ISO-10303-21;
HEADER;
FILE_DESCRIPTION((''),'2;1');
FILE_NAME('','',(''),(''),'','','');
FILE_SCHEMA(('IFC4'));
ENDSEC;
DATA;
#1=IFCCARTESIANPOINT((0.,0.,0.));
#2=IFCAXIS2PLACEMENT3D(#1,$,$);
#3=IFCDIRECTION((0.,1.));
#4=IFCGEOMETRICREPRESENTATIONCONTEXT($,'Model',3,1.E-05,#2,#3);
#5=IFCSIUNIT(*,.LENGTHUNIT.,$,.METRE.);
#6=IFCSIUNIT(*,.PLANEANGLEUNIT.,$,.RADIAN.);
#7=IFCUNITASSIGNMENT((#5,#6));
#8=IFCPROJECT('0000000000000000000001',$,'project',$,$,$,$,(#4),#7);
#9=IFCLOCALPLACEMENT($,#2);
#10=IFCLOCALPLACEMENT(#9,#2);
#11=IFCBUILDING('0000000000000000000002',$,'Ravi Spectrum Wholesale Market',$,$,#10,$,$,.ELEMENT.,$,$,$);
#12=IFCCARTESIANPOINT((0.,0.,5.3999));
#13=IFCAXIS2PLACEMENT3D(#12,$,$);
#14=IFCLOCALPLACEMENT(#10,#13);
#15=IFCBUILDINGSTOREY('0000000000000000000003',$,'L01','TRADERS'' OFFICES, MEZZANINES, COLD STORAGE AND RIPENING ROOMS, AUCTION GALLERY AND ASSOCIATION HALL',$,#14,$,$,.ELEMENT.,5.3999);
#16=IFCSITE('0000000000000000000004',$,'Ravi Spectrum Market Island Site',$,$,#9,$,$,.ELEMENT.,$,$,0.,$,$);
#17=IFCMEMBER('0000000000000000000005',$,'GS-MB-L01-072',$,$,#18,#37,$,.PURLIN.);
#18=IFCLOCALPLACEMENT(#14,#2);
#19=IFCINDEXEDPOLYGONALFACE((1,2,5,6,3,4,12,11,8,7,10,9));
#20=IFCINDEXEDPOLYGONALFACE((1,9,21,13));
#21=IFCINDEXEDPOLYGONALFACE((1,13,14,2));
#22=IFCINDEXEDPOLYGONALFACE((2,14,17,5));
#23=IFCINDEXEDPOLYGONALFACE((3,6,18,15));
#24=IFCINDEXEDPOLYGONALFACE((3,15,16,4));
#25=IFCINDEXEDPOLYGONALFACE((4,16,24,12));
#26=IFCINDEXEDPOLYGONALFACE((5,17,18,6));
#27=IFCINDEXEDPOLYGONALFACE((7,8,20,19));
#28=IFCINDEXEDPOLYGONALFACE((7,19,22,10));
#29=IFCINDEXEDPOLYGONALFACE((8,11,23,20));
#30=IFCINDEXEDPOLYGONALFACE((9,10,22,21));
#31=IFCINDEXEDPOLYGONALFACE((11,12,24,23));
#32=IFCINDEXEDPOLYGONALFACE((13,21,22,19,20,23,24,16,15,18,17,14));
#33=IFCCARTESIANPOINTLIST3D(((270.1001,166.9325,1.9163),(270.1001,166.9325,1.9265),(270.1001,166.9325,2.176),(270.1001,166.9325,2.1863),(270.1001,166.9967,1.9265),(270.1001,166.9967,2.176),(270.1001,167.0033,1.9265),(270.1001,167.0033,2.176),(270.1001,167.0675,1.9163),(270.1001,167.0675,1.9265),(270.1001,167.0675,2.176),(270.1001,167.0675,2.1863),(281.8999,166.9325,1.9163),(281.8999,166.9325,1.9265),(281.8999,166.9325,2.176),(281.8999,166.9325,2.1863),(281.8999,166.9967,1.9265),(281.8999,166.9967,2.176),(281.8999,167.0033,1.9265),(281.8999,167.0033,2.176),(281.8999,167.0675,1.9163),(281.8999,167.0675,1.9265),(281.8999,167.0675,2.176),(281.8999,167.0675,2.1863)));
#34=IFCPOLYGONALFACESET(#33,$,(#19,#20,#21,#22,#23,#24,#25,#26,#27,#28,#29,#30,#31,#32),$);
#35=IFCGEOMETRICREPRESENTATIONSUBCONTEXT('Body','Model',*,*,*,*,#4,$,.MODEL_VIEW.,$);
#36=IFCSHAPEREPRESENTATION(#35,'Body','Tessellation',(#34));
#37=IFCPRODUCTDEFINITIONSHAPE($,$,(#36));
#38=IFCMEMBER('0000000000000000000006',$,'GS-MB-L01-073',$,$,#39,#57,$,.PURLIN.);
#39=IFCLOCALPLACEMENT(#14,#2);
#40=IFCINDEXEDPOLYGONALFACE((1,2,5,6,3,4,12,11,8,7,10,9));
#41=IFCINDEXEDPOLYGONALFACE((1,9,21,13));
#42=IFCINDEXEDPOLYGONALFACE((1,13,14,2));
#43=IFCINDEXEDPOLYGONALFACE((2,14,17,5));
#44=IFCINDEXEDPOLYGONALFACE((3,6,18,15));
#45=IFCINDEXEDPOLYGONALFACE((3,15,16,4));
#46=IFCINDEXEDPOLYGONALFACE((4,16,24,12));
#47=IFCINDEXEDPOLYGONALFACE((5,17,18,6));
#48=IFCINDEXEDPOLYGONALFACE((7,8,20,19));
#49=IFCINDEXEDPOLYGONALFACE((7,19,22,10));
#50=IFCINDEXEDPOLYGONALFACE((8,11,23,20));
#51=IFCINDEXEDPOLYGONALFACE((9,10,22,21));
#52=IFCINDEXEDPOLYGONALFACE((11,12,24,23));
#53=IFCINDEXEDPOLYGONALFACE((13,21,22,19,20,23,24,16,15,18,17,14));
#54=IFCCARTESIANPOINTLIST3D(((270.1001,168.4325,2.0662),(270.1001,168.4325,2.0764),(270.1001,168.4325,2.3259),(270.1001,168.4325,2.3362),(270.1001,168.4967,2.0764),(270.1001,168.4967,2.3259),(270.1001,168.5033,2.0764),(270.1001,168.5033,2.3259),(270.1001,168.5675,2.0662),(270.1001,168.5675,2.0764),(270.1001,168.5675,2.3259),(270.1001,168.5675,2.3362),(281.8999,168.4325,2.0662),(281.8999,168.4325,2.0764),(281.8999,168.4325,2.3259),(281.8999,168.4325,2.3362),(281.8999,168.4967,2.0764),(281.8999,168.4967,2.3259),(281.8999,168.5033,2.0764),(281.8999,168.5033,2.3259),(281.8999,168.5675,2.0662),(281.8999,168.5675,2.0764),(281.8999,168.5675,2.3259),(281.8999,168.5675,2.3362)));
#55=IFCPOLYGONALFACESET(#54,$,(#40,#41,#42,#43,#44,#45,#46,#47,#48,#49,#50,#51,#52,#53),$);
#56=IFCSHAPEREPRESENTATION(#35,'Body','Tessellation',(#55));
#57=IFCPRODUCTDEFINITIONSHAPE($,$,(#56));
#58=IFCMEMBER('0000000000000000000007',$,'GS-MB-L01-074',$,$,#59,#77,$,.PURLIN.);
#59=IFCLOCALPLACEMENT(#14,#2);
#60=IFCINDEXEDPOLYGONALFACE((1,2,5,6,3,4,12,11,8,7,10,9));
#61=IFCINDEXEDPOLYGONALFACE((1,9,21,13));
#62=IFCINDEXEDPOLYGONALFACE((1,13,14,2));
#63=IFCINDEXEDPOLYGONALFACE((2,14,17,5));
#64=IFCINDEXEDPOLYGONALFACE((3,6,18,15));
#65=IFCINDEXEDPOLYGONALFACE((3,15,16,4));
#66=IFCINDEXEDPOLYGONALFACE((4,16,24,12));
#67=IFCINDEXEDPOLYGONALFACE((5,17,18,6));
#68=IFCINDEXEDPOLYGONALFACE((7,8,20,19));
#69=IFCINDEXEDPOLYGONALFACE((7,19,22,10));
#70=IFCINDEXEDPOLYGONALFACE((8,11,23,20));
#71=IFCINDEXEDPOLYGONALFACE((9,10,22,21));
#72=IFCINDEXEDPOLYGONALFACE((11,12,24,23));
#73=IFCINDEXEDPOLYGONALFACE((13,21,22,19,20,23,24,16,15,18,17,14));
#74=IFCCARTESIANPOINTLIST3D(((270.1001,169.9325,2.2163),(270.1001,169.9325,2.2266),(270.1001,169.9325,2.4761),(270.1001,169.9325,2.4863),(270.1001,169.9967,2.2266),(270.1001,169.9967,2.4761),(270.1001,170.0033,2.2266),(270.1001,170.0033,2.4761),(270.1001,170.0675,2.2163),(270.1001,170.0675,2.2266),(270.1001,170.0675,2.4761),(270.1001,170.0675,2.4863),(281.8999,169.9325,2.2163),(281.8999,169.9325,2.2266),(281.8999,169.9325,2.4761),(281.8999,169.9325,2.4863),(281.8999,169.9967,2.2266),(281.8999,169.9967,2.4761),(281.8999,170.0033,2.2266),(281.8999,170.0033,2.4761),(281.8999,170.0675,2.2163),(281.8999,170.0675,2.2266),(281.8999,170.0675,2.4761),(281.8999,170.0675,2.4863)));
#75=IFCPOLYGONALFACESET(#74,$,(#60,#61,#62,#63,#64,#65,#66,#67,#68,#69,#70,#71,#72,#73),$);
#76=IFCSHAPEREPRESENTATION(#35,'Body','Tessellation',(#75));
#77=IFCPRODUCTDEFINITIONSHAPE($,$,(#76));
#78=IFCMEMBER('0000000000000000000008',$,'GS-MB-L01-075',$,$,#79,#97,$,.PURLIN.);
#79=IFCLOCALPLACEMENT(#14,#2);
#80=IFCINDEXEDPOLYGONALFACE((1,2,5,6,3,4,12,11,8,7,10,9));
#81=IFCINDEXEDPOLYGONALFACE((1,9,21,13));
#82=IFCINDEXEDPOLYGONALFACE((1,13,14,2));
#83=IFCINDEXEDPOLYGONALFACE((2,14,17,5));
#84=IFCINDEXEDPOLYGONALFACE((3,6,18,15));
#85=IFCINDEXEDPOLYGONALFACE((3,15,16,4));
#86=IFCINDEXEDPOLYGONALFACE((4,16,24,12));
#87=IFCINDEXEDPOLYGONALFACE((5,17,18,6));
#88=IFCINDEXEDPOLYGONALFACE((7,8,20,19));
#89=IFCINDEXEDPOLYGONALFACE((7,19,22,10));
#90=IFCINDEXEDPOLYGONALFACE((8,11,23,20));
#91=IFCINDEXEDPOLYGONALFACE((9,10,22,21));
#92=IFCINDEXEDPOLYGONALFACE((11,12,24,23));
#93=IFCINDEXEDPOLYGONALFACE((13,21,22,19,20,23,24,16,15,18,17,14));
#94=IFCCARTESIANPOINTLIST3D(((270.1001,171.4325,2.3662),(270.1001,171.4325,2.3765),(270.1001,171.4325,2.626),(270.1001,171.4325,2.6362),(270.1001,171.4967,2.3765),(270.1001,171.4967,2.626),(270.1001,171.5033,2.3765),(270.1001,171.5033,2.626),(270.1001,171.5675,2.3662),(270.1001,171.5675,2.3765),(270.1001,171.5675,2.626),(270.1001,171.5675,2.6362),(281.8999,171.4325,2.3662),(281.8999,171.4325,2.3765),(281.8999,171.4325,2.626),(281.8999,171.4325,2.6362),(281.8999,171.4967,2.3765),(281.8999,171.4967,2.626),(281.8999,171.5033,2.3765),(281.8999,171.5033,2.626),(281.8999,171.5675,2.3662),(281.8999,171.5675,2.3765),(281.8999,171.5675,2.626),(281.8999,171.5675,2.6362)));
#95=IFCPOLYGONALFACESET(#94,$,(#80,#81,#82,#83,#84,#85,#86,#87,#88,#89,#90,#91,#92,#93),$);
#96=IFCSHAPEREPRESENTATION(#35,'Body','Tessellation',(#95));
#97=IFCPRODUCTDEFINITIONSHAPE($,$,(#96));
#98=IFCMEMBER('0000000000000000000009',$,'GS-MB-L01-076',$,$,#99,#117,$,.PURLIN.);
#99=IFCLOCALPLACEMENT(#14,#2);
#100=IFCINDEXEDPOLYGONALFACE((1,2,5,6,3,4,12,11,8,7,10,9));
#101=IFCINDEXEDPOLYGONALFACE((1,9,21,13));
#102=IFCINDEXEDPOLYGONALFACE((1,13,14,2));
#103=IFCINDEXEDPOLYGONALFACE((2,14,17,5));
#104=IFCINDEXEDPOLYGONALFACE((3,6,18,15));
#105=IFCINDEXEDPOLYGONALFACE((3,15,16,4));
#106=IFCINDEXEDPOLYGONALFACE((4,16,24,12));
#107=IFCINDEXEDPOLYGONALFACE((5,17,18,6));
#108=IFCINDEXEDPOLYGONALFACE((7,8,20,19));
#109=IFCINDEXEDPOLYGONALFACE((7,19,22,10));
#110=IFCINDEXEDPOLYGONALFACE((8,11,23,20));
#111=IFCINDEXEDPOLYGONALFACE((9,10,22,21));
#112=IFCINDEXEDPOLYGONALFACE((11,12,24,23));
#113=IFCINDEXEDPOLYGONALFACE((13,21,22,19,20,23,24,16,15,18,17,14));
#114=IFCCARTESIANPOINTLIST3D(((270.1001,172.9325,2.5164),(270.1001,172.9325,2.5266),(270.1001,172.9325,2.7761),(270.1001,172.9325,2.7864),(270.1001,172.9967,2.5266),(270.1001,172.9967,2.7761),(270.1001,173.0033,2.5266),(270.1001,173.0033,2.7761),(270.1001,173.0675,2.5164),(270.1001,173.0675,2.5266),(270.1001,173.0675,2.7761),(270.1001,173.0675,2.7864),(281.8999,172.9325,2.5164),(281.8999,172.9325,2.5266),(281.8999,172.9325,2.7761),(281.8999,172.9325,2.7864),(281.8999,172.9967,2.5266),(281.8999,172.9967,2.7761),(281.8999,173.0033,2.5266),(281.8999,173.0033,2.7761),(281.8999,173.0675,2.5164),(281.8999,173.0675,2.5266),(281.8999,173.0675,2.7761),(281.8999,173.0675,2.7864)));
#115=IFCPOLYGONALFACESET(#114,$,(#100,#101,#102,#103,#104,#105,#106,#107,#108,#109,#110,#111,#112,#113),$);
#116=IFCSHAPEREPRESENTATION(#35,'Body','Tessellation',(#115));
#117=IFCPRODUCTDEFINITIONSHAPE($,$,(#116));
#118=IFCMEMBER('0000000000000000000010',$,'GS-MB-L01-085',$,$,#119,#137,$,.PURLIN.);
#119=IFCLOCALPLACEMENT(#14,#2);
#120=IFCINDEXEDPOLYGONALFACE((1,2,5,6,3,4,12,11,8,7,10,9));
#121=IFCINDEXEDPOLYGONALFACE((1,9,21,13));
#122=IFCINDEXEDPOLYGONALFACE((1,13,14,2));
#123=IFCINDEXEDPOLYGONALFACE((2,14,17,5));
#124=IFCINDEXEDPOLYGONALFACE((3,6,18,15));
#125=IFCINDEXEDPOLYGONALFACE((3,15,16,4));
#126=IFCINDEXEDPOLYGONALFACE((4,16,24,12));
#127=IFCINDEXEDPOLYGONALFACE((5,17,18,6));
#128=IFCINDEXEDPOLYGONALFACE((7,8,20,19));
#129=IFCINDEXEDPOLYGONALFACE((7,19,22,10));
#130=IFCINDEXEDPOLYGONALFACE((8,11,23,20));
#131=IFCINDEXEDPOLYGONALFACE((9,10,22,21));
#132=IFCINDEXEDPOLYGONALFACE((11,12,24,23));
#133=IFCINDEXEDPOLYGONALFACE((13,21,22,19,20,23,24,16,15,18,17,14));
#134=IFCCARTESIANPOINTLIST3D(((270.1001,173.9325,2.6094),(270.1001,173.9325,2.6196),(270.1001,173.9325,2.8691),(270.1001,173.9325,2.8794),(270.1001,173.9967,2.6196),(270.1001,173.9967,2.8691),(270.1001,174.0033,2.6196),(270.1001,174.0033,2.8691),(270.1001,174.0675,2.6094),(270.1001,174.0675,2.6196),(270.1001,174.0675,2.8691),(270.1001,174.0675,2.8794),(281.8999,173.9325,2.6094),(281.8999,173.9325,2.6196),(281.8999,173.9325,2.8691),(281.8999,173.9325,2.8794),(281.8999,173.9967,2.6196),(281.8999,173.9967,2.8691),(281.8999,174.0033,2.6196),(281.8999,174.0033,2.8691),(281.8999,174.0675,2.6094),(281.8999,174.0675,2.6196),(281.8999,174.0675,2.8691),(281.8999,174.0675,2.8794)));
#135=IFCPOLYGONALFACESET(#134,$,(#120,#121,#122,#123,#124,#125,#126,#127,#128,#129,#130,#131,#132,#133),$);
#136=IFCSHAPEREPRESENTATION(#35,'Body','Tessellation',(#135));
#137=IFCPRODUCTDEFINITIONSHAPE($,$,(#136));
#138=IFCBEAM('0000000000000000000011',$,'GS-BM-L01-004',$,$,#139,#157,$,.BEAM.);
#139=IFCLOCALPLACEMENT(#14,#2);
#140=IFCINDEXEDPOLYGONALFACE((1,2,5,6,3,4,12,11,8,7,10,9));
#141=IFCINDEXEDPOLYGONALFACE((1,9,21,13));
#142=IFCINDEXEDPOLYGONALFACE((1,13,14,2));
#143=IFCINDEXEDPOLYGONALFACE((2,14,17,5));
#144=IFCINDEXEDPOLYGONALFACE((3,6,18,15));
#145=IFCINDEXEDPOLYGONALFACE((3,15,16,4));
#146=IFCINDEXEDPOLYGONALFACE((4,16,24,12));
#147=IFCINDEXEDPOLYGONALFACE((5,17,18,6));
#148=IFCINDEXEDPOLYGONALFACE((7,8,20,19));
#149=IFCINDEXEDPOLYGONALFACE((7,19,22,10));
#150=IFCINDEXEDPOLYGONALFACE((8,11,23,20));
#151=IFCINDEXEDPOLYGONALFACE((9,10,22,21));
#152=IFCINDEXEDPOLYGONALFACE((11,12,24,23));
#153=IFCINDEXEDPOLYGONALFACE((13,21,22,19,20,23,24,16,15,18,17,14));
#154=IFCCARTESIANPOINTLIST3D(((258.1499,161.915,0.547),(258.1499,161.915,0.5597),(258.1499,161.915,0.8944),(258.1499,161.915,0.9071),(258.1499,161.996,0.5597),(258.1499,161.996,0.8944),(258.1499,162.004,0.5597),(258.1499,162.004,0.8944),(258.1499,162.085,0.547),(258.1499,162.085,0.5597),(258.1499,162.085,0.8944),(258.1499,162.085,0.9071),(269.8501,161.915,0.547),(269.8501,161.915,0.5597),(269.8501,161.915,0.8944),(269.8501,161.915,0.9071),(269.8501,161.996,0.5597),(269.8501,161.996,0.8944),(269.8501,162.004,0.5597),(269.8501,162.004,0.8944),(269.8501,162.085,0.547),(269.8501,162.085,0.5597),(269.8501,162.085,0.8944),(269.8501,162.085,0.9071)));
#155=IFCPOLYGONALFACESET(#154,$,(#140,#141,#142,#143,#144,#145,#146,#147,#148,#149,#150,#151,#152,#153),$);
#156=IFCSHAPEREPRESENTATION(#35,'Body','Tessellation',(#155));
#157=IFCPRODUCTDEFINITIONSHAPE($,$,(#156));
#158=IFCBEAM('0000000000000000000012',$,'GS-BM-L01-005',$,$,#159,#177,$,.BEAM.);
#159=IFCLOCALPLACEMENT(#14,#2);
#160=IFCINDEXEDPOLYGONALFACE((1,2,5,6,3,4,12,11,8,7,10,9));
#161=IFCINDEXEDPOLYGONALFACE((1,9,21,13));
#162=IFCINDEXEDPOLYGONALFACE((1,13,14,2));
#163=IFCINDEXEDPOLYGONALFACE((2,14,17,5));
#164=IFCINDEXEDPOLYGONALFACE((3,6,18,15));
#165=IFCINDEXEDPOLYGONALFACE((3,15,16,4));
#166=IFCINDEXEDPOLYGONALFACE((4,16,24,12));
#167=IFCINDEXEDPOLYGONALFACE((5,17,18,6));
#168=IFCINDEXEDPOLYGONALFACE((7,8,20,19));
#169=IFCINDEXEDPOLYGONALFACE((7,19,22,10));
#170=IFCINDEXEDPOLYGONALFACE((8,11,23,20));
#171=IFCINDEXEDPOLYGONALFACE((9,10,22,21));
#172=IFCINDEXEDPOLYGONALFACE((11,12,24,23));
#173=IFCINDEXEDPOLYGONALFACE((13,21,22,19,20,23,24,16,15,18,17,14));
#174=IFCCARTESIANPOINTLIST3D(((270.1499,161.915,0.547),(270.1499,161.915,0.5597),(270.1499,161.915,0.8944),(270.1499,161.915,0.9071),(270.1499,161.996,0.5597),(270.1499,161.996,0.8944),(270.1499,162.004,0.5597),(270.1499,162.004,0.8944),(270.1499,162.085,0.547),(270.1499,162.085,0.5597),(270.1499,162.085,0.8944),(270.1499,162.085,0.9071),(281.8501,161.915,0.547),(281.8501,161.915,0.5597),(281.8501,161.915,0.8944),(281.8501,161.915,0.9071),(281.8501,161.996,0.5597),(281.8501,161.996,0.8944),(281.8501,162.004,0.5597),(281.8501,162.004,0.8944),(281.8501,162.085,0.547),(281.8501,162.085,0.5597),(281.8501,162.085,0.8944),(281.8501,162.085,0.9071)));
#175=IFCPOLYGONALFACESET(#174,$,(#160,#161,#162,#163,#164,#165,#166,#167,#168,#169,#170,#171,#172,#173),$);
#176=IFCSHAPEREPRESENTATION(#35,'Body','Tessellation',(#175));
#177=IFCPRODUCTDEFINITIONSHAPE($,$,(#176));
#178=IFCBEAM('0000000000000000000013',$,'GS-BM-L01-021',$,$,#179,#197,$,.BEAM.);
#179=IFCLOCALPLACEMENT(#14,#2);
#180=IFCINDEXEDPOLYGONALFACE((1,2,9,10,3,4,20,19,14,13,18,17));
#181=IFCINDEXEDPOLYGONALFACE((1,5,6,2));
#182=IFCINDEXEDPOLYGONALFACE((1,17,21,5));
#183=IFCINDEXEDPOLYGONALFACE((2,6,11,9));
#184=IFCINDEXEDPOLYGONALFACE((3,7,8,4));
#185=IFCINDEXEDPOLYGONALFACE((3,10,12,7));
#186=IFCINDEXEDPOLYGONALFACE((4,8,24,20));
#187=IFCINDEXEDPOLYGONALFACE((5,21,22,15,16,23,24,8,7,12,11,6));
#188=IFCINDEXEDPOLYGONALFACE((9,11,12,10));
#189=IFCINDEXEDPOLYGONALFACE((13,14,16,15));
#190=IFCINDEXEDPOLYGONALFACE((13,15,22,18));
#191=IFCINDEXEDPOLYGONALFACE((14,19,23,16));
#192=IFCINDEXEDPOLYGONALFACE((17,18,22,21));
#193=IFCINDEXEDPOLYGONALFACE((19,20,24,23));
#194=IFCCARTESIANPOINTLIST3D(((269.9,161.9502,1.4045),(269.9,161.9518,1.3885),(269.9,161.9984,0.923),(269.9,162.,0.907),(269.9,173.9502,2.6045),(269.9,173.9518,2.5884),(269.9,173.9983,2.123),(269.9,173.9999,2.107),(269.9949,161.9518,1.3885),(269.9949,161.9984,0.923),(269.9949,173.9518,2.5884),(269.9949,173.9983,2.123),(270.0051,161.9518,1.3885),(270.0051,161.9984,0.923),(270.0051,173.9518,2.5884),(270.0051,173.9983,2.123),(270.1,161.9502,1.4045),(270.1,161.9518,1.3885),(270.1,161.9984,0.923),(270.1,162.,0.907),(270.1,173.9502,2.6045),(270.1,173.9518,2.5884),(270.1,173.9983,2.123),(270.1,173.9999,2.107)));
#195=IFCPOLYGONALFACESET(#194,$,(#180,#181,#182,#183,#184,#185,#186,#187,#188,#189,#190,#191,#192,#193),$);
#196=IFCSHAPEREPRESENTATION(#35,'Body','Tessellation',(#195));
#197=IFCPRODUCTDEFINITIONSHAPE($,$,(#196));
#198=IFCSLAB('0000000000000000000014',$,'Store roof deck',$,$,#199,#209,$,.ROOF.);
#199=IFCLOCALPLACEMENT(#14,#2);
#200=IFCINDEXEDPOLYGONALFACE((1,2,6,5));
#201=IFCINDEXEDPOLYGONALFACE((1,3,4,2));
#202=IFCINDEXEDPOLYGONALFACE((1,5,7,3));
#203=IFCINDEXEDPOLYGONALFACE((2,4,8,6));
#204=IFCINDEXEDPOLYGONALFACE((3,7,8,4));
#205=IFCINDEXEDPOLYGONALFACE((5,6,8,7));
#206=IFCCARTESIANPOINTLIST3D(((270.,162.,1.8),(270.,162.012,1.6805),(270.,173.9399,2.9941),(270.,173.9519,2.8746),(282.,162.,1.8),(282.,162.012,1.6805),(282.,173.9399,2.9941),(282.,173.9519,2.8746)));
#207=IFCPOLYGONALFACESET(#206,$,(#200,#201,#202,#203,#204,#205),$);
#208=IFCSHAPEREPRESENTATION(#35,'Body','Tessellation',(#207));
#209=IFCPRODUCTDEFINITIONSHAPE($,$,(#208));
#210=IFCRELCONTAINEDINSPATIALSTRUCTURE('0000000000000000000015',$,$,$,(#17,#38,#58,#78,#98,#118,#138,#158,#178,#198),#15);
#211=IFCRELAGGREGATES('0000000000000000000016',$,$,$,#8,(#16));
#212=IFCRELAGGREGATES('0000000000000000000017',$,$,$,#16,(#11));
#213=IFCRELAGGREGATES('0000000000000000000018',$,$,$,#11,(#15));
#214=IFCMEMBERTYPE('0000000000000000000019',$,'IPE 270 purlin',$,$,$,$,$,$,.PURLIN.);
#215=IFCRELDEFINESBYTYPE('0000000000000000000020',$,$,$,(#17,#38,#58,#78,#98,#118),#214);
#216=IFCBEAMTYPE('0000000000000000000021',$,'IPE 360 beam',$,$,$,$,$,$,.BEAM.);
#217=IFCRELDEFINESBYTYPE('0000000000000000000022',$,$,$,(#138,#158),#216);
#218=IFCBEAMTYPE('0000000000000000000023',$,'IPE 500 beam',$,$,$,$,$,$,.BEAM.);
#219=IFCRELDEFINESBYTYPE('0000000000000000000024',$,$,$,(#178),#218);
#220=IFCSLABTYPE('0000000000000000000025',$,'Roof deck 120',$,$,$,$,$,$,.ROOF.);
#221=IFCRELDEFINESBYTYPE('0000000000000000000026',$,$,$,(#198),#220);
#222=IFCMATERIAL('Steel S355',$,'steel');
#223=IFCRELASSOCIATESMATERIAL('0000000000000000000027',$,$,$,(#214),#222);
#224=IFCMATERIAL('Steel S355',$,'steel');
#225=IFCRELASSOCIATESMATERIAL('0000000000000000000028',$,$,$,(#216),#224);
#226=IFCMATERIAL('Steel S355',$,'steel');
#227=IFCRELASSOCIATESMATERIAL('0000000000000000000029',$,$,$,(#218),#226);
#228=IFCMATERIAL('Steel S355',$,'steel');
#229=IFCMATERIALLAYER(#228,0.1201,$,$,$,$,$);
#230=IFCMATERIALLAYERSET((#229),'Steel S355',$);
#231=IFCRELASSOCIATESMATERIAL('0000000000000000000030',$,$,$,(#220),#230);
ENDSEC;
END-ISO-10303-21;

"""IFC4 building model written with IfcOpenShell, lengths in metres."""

from ifc_helpers import new_model, si_unit, direction, frame, origin, origin_2d, place, context, subcontext, project, spatial, polyline, i_section, outline, extrude, material, layer, layer_set, material_profile, profile_set, type_object, element, save


model = new_model("IFC4")

# Units and contexts
model_context = context("Model", 3, precision=1e-05, world=origin(), true_north=direction((0.0, 1.0)))
body_context = subcontext(model_context, "Body", "Model", "MODEL_VIEW")
ifc_project = project(units=[si_unit("LENGTHUNIT", "METRE"), si_unit("PLANEANGLEUNIT", "RADIAN")], contexts=[model_context])

# Site, building, storey
site_placement = place(None, origin())
site = spatial("IfcSite", under=ifc_project, at=site_placement, Name="Ravi Spectrum Market Island Site", CompositionType="ELEMENT", RefElevation=0.0)
building_placement = place(site_placement, origin())
building = spatial("IfcBuilding", under=site, at=building_placement, Name="Ravi Spectrum Wholesale Market", CompositionType="ELEMENT")
storey_placement = place(building_placement, frame((0.0, 0.0, 5.3999)))
storey = spatial("IfcBuildingStorey", under=building, at=storey_placement, Name="L01", Description="TRADERS' OFFICES, MEZZANINES, COLD STORAGE AND RIPENING ROOMS, AUCTION GALLERY AND ASSOCIATION HALL", CompositionType="ELEMENT", Elevation=5.3999)

# Members
ifc_material_1 = material(Name="Steel S355", Category="steel")
ifc_material_profile_1 = material_profile(ifc_material_1, i_section(OverallWidth=0.135, OverallDepth=0.27, WebThickness=0.0066, FlangeThickness=0.0103, at=origin_2d()))
ifc_profile_set_1 = profile_set([ifc_material_profile_1], Name="Steel S355")
member_type = type_object("IfcMemberType", Name="IPE 270 purlin", PredefinedType="PURLIN", material=ifc_profile_set_1)
for number, where, z_axis, x_axis, name in (
    (1, (270.1001, 167.0, 2.0513), (1.0, 0.0, 0.0), (0.0, 1.0, 0.0), "GS-MB-L01-072"),
    (2, (270.1001, 168.5, 2.2012), (1.0, 0.0, 0.0), (0.0, 1.0, 0.0), "GS-MB-L01-073"),
    (3, (270.1001, 170.0, 2.3513), (1.0, 0.0, 0.0), (0.0, 1.0, 0.0), "GS-MB-L01-074"),
    (4, (270.1001, 171.5, 2.5012), (1.0, 0.0, 0.0), (0.0, 1.0, 0.0), "GS-MB-L01-075"),
    (5, (270.1001, 173.0, 2.6514), (1.0, 0.0, 0.0), (0.0, 1.0, 0.0), "GS-MB-L01-076"),
    (6, (270.1001, 174.0, 2.7444), (1.0, 0.0, 0.0), (0.0, 1.0, 0.0), "GS-MB-L01-085"),
):
    element("IfcMember", number, at=place(storey_placement, frame(where, z_axis=z_axis, x_axis=x_axis)), inside=storey, type_object=member_type, Name=name, PredefinedType="PURLIN", context=body_context, shape_type="SweptSolid", body=[
        extrude(i_section(OverallWidth=0.135, OverallDepth=0.27, WebThickness=0.0066, FlangeThickness=0.0103, at=origin_2d()), origin(), (0.0, 0.0, 1.0), 11.7998),
    ])

# Beams
ifc_material_2 = material(Name="Steel S355", Category="steel")
ifc_material_profile_2 = material_profile(ifc_material_2, i_section(OverallWidth=0.1699, OverallDepth=0.3601, WebThickness=0.0081, FlangeThickness=0.0127, at=origin_2d()))
ifc_profile_set_2 = profile_set([ifc_material_profile_2], Name="Steel S355")
beam_type_1 = type_object("IfcBeamType", Name="IPE 360 beam", PredefinedType="BEAM", material=ifc_profile_set_2)
for number, where, z_axis, x_axis, name in (
    (7, (258.1499, 162.0, 0.7271), (1.0, 0.0, 0.0), (0.0, 1.0, 0.0), "GS-BM-L01-004"),
    (8, (270.1499, 162.0, 0.7271), (1.0, 0.0, 0.0), (0.0, 1.0, 0.0), "GS-BM-L01-005"),
):
    element("IfcBeam", number, at=place(storey_placement, frame(where, z_axis=z_axis, x_axis=x_axis)), inside=storey, type_object=beam_type_1, Name=name, PredefinedType="BEAM", context=body_context, shape_type="SweptSolid", body=[
        extrude(i_section(OverallWidth=0.1699, OverallDepth=0.3601, WebThickness=0.0081, FlangeThickness=0.0127, at=origin_2d()), origin(), (0.0, 0.0, 1.0), 11.7002),
    ])
ifc_material_3 = material(Name="Steel S355", Category="steel")
ifc_material_profile_3 = material_profile(ifc_material_3, i_section(OverallWidth=0.2, OverallDepth=0.5, WebThickness=0.0103, FlangeThickness=0.0161, at=origin_2d()))
ifc_profile_set_3 = profile_set([ifc_material_profile_3], Name="Steel S355")
beam_type_2 = type_object("IfcBeamType", Name="IPE 500 beam", PredefinedType="BEAM", material=ifc_profile_set_3)
beam_placement = place(storey_placement, frame((270.0, 161.9751, 1.1558), z_axis=(0.0, 0.995038, 0.0995), x_axis=(-1.0, 0.0, 0.0)))
element("IfcBeam", 9, at=beam_placement, inside=storey, type_object=beam_type_2, Name="GS-BM-L01-021", PredefinedType="BEAM", context=body_context, shape_type="SweptSolid", body=[
    extrude(i_section(OverallWidth=0.2, OverallDepth=0.5, WebThickness=0.0103, FlangeThickness=0.0161, at=origin_2d()), origin(), (0.0, 0.0, 1.0), 12.0598),
])

# Slab
ifc_material_4 = material(Name="Steel S355", Category="steel")
ifc_layer_1 = layer(ifc_material_4, 0.1201)
ifc_layer_set_1 = layer_set([ifc_layer_1], Name="Steel S355")
slab_type = type_object("IfcSlabType", Name="Roof deck 120", PredefinedType="ROOF", material=ifc_layer_set_1)
slab_placement = place(storey_placement, frame((270.0, 162.0, 1.8), z_axis=(0.0, -0.099512, 0.995036), x_axis=(1.0, 0.0, 0.0)))
element("IfcSlab", 10, at=slab_placement, inside=storey, type_object=slab_type, Name="Store roof deck", PredefinedType="ROOF", context=body_context, shape_type="SweptSolid", body=[
    extrude(outline(polyline([(0.0, 0.0), (12.0, 0.0), (12.0, 11.9995), (0.0, 11.9995), (0.0, 0.0)])), origin(), (0.0, 0.0, -1.0), 0.1201),
])

save(model, "model.ifc")
